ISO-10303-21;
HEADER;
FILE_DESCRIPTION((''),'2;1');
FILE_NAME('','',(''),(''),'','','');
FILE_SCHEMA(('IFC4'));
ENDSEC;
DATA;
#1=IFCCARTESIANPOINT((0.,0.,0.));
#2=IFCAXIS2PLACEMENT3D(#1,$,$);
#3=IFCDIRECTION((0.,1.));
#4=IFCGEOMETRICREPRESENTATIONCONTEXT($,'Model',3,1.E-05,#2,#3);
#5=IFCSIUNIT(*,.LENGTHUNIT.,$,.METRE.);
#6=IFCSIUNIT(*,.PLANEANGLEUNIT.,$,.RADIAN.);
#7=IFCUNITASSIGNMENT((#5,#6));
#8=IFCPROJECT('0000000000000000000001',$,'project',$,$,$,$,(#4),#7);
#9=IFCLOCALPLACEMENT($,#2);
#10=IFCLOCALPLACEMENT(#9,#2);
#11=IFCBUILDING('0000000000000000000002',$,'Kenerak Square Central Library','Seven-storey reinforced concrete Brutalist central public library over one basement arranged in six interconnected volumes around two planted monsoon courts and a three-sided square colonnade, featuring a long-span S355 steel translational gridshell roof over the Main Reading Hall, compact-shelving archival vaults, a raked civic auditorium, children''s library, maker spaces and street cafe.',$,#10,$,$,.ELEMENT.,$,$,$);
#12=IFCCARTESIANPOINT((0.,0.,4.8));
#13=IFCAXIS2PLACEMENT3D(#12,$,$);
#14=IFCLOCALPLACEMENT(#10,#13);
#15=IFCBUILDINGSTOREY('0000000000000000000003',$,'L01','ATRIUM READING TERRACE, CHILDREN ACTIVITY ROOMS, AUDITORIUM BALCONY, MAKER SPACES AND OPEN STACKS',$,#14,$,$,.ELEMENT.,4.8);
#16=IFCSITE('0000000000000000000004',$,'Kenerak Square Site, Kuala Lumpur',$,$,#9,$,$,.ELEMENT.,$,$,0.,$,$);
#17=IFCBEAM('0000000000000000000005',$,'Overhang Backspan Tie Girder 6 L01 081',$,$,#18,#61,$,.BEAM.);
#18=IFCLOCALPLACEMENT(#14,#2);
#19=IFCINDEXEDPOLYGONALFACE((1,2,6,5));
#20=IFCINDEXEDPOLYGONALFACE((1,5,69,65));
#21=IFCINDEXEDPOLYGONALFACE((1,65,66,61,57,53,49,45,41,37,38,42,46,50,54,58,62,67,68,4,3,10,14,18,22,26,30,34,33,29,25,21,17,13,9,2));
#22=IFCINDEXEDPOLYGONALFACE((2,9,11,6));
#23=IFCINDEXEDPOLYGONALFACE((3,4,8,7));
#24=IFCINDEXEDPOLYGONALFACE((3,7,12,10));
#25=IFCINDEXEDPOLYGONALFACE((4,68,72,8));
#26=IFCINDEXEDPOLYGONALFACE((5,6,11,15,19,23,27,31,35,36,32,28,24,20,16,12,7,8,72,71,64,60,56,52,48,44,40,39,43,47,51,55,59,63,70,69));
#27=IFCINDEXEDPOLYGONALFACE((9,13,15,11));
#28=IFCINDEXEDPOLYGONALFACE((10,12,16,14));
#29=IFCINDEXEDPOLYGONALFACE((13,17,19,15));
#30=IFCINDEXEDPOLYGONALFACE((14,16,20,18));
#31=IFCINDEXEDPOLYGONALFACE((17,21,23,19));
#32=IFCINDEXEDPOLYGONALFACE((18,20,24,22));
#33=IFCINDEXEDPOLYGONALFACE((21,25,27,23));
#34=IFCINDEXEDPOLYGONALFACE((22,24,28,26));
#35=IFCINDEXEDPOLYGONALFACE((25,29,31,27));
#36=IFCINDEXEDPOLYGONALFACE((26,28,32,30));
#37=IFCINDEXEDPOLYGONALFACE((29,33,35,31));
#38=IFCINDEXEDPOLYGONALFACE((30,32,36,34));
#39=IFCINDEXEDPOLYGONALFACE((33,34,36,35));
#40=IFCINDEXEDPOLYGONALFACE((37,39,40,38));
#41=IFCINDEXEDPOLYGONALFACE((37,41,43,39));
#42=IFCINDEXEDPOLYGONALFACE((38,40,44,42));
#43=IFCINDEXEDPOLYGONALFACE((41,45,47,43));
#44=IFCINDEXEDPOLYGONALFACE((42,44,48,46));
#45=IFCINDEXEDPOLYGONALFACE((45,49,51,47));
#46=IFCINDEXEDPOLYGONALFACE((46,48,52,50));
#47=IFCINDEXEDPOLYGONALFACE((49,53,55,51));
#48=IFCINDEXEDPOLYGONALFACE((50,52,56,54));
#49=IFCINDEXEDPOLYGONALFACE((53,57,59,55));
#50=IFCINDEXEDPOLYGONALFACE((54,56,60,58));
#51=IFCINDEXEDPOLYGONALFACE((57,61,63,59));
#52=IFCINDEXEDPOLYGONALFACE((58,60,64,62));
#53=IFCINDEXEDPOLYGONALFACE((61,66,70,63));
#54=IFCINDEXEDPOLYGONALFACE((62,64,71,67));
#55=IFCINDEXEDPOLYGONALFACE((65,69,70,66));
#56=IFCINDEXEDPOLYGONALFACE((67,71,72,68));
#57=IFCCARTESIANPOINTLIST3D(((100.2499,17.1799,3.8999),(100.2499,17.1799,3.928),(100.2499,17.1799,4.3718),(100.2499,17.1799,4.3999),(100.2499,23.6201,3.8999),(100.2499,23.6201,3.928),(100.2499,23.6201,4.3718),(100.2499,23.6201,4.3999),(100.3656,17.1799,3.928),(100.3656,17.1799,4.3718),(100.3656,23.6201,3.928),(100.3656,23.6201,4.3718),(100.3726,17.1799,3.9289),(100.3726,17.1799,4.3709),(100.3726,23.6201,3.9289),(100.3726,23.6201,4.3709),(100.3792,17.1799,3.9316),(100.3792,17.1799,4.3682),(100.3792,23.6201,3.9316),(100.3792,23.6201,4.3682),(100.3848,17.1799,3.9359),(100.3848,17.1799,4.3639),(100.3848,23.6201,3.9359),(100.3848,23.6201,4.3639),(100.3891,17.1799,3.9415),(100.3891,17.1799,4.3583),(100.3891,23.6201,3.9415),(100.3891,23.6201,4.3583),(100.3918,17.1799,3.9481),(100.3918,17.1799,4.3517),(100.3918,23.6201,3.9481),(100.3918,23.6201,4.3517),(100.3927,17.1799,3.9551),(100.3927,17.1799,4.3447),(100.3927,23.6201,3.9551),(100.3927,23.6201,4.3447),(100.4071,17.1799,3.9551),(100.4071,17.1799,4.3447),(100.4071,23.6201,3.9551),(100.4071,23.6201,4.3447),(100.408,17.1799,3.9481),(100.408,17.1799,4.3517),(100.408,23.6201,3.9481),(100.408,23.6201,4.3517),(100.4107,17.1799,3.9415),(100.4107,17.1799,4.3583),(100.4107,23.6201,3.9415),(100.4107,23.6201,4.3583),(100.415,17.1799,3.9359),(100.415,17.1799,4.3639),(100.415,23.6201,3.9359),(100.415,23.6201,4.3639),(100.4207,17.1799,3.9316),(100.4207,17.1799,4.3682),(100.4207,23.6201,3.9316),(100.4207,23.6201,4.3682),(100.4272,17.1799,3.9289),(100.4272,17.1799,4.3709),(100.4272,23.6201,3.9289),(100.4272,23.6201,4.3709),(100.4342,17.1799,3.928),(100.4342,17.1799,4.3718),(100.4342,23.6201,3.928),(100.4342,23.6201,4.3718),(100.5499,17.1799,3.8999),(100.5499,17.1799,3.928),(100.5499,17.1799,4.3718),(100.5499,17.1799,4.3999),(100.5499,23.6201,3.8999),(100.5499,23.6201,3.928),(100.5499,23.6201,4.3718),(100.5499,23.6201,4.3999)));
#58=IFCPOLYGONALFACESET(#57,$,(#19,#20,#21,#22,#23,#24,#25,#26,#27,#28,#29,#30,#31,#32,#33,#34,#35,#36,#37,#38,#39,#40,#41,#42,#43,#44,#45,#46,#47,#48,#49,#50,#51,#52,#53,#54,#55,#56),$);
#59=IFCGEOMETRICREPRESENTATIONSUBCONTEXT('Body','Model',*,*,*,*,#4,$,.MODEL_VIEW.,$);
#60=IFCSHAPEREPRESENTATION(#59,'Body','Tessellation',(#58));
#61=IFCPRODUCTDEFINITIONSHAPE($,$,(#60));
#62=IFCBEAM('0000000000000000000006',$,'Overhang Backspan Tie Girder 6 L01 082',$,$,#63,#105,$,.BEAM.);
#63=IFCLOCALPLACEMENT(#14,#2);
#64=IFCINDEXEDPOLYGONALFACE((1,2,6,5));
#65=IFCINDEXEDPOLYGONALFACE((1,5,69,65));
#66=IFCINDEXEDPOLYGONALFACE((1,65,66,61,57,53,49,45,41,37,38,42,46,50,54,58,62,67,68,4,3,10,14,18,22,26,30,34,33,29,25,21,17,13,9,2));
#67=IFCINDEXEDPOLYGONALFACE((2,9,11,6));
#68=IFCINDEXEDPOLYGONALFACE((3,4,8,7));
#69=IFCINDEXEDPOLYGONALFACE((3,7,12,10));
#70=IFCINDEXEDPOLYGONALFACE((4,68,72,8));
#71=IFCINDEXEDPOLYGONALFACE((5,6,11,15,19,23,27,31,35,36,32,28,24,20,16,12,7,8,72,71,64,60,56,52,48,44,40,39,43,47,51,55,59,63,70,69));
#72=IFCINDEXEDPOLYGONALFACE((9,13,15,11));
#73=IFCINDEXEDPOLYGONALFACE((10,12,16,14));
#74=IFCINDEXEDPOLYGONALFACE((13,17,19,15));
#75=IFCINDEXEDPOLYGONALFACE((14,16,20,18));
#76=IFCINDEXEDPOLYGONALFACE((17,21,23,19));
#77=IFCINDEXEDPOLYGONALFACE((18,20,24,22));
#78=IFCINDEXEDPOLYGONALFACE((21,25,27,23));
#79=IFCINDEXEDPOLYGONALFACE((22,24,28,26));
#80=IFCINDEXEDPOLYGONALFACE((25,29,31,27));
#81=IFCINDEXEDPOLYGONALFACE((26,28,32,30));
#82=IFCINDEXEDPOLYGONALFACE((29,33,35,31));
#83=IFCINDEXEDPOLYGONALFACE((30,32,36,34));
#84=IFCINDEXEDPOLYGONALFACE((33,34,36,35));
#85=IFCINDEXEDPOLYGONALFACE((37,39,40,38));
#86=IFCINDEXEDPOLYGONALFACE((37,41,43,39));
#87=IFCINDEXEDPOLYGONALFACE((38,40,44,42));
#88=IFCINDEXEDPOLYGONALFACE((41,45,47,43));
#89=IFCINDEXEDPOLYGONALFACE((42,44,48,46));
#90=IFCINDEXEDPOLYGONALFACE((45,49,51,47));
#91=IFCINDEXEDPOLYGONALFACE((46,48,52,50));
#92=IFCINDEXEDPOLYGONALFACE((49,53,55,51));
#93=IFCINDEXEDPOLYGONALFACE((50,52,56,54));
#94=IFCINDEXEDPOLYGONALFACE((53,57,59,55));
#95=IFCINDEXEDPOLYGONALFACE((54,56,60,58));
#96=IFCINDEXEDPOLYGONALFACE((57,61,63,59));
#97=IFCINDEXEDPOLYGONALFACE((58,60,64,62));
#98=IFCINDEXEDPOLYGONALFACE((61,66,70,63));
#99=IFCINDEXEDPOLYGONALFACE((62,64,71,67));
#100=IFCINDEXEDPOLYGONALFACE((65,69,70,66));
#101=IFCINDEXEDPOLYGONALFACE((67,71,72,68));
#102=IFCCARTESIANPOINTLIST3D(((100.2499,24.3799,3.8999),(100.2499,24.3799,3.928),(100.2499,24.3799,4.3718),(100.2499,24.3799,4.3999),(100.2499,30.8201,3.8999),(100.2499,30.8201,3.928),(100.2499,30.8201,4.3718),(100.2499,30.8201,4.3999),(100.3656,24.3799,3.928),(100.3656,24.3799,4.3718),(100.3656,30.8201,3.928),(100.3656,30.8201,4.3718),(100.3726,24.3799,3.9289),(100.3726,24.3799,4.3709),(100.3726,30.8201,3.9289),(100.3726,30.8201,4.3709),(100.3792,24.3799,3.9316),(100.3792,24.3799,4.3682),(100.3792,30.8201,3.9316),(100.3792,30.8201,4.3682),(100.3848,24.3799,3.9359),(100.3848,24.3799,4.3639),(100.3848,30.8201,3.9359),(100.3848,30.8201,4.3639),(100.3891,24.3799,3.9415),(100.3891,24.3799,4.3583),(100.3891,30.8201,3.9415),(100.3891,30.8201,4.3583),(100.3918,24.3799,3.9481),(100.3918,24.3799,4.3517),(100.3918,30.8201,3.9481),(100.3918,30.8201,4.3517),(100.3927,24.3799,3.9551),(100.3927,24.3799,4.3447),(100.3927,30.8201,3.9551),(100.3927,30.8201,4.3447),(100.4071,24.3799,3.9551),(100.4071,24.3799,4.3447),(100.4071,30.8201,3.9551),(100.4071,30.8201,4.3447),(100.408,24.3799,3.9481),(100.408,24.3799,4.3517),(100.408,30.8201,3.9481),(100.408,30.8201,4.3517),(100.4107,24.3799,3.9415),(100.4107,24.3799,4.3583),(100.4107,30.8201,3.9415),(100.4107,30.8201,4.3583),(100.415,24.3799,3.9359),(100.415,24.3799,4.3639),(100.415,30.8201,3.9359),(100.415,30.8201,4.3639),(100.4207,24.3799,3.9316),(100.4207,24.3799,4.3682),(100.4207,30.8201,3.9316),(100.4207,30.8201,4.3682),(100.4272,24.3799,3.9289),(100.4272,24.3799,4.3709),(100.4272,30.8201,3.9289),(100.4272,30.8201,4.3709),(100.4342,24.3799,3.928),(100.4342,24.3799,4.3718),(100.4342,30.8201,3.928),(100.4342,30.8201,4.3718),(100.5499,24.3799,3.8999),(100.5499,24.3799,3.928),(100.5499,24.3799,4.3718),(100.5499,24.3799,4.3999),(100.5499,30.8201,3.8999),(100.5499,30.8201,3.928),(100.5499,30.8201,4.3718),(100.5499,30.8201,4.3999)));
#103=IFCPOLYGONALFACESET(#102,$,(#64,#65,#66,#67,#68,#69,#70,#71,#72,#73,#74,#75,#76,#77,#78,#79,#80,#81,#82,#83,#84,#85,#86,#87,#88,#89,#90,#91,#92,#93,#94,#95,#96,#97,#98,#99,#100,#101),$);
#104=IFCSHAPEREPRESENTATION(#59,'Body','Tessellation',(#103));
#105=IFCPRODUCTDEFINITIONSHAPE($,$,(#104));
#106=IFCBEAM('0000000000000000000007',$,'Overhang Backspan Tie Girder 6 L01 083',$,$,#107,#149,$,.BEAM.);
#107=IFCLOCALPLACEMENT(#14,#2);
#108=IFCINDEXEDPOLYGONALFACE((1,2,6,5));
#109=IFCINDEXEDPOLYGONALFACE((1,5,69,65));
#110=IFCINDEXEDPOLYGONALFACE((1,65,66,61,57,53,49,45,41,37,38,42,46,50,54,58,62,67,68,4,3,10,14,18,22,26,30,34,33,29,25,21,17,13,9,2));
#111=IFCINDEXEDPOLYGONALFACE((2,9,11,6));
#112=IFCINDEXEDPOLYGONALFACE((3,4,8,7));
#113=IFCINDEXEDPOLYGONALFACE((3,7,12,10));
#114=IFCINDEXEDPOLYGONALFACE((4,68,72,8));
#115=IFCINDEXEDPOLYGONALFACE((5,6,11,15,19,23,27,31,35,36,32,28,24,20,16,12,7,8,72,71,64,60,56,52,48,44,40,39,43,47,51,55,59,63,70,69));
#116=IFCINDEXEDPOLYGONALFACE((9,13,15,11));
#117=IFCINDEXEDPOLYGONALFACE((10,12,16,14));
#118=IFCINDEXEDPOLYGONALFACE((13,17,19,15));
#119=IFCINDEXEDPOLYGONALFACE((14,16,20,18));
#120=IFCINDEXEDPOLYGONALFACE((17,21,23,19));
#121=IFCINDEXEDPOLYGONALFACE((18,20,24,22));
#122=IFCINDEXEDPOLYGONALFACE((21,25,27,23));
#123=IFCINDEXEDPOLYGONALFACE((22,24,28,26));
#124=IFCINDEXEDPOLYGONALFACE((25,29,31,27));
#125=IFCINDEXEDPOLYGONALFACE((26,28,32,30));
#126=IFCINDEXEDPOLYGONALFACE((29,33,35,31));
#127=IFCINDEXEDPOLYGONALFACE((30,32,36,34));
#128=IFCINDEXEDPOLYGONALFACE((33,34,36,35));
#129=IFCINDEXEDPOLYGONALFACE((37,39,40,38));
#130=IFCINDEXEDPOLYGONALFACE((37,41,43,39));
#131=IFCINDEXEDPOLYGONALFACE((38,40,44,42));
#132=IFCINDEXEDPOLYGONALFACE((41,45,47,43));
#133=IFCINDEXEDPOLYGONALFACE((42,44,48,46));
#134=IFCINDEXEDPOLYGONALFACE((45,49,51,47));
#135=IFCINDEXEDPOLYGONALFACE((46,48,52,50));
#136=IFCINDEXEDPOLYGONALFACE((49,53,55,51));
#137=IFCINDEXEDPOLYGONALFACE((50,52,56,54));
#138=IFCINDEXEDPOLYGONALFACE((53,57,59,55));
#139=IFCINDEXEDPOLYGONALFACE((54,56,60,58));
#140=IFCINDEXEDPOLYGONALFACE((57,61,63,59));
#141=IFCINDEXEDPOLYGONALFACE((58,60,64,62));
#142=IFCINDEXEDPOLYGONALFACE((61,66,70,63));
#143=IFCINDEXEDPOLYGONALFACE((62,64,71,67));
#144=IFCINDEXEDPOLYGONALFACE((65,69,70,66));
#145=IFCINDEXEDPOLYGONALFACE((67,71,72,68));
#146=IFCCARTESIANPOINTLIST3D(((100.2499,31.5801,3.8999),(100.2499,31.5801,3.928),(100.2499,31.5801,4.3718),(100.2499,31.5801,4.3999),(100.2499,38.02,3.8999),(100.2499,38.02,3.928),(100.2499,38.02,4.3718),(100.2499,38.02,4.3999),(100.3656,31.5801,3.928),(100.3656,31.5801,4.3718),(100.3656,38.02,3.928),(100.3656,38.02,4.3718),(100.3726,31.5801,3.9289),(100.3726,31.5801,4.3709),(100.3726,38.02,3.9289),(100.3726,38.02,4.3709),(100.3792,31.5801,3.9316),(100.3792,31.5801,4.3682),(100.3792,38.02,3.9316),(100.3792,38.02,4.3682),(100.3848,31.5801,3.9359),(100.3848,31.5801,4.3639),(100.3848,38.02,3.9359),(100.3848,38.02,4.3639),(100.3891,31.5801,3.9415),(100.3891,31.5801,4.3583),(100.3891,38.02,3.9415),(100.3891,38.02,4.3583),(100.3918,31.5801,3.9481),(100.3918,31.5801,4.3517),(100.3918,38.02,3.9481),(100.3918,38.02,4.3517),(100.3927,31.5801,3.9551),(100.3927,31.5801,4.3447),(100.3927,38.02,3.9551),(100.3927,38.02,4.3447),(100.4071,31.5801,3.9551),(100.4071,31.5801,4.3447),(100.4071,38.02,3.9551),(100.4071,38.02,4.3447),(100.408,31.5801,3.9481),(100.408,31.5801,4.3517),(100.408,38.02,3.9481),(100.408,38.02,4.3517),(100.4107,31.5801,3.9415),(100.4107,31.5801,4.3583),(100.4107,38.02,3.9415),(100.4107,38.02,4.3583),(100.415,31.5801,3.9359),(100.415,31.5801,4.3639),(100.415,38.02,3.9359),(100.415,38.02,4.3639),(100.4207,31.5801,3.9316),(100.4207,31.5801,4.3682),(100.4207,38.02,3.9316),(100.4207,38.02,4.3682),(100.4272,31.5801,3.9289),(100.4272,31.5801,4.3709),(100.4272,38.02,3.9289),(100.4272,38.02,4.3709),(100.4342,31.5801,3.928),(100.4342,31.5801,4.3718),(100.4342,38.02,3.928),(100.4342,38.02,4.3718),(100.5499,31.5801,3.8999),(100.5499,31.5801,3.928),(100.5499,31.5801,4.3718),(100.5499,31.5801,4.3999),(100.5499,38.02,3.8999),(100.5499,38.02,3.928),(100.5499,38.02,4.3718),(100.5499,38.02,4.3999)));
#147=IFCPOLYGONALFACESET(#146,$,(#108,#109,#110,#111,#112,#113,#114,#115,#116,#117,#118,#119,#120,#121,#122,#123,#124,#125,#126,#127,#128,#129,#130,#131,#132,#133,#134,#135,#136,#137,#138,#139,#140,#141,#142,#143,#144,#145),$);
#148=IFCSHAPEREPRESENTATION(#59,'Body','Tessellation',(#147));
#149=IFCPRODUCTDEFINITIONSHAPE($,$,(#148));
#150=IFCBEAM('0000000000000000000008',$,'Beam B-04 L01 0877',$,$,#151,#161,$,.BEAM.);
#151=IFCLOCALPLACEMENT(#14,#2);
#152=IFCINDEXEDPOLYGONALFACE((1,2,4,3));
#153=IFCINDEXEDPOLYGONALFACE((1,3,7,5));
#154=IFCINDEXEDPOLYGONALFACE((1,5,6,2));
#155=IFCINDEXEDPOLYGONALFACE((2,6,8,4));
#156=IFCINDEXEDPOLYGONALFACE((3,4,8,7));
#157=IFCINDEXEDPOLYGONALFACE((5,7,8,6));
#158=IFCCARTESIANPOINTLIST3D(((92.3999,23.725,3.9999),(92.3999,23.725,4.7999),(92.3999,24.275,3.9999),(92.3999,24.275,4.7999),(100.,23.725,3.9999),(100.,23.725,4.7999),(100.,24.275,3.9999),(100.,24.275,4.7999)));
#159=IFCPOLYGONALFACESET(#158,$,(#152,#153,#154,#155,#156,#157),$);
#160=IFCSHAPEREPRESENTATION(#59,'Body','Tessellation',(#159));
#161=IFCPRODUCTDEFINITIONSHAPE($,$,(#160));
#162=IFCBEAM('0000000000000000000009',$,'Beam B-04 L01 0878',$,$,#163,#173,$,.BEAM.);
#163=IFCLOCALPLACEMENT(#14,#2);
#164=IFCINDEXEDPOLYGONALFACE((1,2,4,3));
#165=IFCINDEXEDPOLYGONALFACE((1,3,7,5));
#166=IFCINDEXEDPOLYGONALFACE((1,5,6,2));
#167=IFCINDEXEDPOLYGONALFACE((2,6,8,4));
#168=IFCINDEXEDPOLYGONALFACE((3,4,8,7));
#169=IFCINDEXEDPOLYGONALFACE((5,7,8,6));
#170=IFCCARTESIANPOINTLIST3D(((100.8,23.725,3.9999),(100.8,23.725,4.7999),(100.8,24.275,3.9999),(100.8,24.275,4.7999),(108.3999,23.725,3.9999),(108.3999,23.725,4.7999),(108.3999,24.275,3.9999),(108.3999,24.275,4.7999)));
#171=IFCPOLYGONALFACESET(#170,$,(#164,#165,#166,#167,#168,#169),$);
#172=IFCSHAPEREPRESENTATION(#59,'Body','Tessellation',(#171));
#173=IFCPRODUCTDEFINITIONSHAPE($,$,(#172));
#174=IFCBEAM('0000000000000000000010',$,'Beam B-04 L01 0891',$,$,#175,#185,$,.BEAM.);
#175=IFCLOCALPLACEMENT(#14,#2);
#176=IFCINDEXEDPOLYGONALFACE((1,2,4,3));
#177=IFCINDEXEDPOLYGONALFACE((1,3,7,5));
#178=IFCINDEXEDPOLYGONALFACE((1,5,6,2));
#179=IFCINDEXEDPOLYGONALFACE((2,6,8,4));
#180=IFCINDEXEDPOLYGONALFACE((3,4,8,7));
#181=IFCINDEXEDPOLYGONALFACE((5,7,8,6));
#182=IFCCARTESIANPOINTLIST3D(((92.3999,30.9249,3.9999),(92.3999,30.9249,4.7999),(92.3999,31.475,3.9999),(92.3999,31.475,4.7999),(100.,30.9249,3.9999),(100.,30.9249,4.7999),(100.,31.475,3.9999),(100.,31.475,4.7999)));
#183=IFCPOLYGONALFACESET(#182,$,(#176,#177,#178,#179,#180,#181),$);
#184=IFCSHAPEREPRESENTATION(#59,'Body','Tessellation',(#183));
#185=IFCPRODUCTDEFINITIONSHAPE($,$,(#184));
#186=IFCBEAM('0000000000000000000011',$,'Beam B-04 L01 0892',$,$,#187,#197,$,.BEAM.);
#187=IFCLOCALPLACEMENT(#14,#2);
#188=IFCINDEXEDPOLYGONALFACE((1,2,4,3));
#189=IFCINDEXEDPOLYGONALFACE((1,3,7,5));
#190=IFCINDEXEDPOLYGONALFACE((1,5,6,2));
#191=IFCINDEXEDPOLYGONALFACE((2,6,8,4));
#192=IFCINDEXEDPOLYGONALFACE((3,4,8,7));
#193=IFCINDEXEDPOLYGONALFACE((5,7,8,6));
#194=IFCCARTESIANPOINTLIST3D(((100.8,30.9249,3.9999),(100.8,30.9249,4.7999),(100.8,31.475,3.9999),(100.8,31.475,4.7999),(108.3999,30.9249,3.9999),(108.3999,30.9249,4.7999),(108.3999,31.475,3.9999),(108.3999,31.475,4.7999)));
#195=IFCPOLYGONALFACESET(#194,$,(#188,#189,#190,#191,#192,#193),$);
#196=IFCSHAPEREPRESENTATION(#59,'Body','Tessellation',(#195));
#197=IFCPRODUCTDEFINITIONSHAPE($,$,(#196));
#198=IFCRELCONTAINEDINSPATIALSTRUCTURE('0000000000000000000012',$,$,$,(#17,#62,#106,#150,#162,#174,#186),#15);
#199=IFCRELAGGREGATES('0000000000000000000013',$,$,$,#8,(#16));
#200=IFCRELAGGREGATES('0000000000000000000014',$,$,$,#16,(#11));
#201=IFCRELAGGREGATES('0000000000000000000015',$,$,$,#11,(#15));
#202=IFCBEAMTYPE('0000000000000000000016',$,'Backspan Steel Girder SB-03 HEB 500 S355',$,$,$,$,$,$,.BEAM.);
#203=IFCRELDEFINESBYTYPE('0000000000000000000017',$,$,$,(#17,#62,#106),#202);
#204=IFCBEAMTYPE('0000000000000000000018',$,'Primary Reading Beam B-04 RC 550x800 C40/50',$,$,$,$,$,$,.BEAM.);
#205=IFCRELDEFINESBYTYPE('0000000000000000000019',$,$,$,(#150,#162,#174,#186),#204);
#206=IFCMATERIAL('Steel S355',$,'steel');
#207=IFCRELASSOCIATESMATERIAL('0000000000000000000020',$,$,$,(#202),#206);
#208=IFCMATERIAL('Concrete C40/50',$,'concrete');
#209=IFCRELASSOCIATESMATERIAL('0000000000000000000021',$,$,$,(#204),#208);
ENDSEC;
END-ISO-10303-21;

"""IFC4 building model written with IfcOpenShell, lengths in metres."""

from ifc_helpers import new_model, si_unit, direction, frame, origin, origin_2d, place, context, subcontext, project, spatial, rectangle, i_section, extrude, material, material_profile, profile_set, type_object, element, save


model = new_model("IFC4")

# Units and contexts
model_context = context("Model", 3, precision=1e-05, world=origin(), true_north=direction((0.0, 1.0)))
body_context = subcontext(model_context, "Body", "Model", "MODEL_VIEW")
ifc_project = project(units=[si_unit("LENGTHUNIT", "METRE"), si_unit("PLANEANGLEUNIT", "RADIAN")], contexts=[model_context])

# Site, building, storey
site_placement = place(None, origin())
site = spatial("IfcSite", under=ifc_project, at=site_placement, Name="Kenerak Square Site, Kuala Lumpur", CompositionType="ELEMENT", RefElevation=0.0)
building_placement = place(site_placement, origin())
building = spatial("IfcBuilding", under=site, at=building_placement, Name="Kenerak Square Central Library", Description="Seven-storey reinforced concrete Brutalist central public library over one basement arranged in six interconnected volumes around two planted monsoon courts and a three-sided square colonnade, featuring a long-span S355 steel translational gridshell roof over the Main Reading Hall, compact-shelving archival vaults, a raked civic auditorium, children's library, maker spaces and street cafe.", CompositionType="ELEMENT")
storey_placement = place(building_placement, frame((0.0, 0.0, 4.8)))
storey = spatial("IfcBuildingStorey", under=building, at=storey_placement, Name="L01", Description="ATRIUM READING TERRACE, CHILDREN ACTIVITY ROOMS, AUDITORIUM BALCONY, MAKER SPACES AND OPEN STACKS", CompositionType="ELEMENT", Elevation=4.8)

# Beams
ifc_material_1 = material(Name="Steel S355", Category="steel")
ifc_material_profile_1 = material_profile(ifc_material_1, i_section(OverallWidth=0.3, OverallDepth=0.5, WebThickness=0.0144, FlangeThickness=0.0281, FilletRadius=0.0271, at=origin_2d()), Name="HEB 500")
ifc_profile_set_1 = profile_set([ifc_material_profile_1], Name="Steel S355")
beam_type_1 = type_object("IfcBeamType", Name="Backspan Steel Girder SB-03 HEB 500 S355", PredefinedType="BEAM", material=ifc_profile_set_1)
for number, where, z_axis, x_axis, name in (
    (1, (100.3999, 17.1799, 4.1499), (0.0, 1.0, 0.0), (-1.0, 0.0, 0.0), "Overhang Backspan Tie Girder 6 L01 081"),
    (2, (100.3999, 24.3799, 4.1499), (0.0, 1.0, 0.0), (-1.0, 0.0, 0.0), "Overhang Backspan Tie Girder 6 L01 082"),
):
    element("IfcBeam", number, at=place(storey_placement, frame(where, z_axis=z_axis, x_axis=x_axis)), inside=storey, type_object=beam_type_1, Name=name, PredefinedType="BEAM", context=body_context, shape_type="SweptSolid", body=[
        extrude(i_section(OverallWidth=0.3, OverallDepth=0.5, WebThickness=0.0144, FlangeThickness=0.0281, FilletRadius=0.0271, at=origin_2d()), origin(), (0.0, 0.0, 1.0), 6.4402),
    ])
beam_1_placement = place(storey_placement, frame((100.3999, 31.5801, 4.1499), z_axis=(0.0, 1.0, 0.0), x_axis=(-1.0, 0.0, 0.0)))
element("IfcBeam", 3, at=beam_1_placement, inside=storey, type_object=beam_type_1, Name="Overhang Backspan Tie Girder 6 L01 083", PredefinedType="BEAM", context=body_context, shape_type="SweptSolid", body=[
    extrude(i_section(OverallWidth=0.3, OverallDepth=0.5, WebThickness=0.0144, FlangeThickness=0.0281, FilletRadius=0.0271, at=origin_2d()), origin(), (0.0, 0.0, 1.0), 6.4399),
])
ifc_material_2 = material(Name="Concrete C40/50", Category="concrete")
ifc_material_profile_2 = material_profile(ifc_material_2, rectangle(XDim=0.55, YDim=0.8, at=origin_2d()), Name="RC 550x800")
ifc_profile_set_2 = profile_set([ifc_material_profile_2], Name="Concrete C40/50")
beam_type_2 = type_object("IfcBeamType", Name="Primary Reading Beam B-04 RC 550x800 C40/50", PredefinedType="BEAM", material=ifc_profile_set_2)
beam_2_placement = place(storey_placement, frame((92.3999, 24.0, 4.3999), z_axis=(1.0, 0.0, 0.0), x_axis=(0.0, 1.0, 0.0)))
element("IfcBeam", 4, at=beam_2_placement, inside=storey, type_object=beam_type_2, Name="Beam B-04 L01 0877", PredefinedType="BEAM", context=body_context, shape_type="SweptSolid", body=[
    extrude(rectangle(XDim=0.55, YDim=0.8, at=origin_2d()), origin(), (0.0, 0.0, 1.0), 7.6001),
])
beam_3_placement = place(storey_placement, frame((100.8, 24.0, 4.3999), z_axis=(1.0, 0.0, 0.0), x_axis=(0.0, 1.0, 0.0)))
element("IfcBeam", 5, at=beam_3_placement, inside=storey, type_object=beam_type_2, Name="Beam B-04 L01 0878", PredefinedType="BEAM", context=body_context, shape_type="SweptSolid", body=[
    extrude(rectangle(XDim=0.55, YDim=0.8, at=origin_2d()), origin(), (0.0, 0.0, 1.0), 7.5999),
])
beam_4_placement = place(storey_placement, frame((92.3999, 31.2, 4.3999), z_axis=(1.0, 0.0, 0.0), x_axis=(0.0, 1.0, 0.0)))
element("IfcBeam", 6, at=beam_4_placement, inside=storey, type_object=beam_type_2, Name="Beam B-04 L01 0891", PredefinedType="BEAM", context=body_context, shape_type="SweptSolid", body=[
    extrude(rectangle(XDim=0.55, YDim=0.8, at=origin_2d()), origin(), (0.0, 0.0, 1.0), 7.6001),
])
beam_5_placement = place(storey_placement, frame((100.8, 31.2, 4.3999), z_axis=(1.0, 0.0, 0.0), x_axis=(0.0, 1.0, 0.0)))
element("IfcBeam", 7, at=beam_5_placement, inside=storey, type_object=beam_type_2, Name="Beam B-04 L01 0892", PredefinedType="BEAM", context=body_context, shape_type="SweptSolid", body=[
    extrude(rectangle(XDim=0.55, YDim=0.8, at=origin_2d()), origin(), (0.0, 0.0, 1.0), 7.5999),
])

save(model, "model.ifc")
